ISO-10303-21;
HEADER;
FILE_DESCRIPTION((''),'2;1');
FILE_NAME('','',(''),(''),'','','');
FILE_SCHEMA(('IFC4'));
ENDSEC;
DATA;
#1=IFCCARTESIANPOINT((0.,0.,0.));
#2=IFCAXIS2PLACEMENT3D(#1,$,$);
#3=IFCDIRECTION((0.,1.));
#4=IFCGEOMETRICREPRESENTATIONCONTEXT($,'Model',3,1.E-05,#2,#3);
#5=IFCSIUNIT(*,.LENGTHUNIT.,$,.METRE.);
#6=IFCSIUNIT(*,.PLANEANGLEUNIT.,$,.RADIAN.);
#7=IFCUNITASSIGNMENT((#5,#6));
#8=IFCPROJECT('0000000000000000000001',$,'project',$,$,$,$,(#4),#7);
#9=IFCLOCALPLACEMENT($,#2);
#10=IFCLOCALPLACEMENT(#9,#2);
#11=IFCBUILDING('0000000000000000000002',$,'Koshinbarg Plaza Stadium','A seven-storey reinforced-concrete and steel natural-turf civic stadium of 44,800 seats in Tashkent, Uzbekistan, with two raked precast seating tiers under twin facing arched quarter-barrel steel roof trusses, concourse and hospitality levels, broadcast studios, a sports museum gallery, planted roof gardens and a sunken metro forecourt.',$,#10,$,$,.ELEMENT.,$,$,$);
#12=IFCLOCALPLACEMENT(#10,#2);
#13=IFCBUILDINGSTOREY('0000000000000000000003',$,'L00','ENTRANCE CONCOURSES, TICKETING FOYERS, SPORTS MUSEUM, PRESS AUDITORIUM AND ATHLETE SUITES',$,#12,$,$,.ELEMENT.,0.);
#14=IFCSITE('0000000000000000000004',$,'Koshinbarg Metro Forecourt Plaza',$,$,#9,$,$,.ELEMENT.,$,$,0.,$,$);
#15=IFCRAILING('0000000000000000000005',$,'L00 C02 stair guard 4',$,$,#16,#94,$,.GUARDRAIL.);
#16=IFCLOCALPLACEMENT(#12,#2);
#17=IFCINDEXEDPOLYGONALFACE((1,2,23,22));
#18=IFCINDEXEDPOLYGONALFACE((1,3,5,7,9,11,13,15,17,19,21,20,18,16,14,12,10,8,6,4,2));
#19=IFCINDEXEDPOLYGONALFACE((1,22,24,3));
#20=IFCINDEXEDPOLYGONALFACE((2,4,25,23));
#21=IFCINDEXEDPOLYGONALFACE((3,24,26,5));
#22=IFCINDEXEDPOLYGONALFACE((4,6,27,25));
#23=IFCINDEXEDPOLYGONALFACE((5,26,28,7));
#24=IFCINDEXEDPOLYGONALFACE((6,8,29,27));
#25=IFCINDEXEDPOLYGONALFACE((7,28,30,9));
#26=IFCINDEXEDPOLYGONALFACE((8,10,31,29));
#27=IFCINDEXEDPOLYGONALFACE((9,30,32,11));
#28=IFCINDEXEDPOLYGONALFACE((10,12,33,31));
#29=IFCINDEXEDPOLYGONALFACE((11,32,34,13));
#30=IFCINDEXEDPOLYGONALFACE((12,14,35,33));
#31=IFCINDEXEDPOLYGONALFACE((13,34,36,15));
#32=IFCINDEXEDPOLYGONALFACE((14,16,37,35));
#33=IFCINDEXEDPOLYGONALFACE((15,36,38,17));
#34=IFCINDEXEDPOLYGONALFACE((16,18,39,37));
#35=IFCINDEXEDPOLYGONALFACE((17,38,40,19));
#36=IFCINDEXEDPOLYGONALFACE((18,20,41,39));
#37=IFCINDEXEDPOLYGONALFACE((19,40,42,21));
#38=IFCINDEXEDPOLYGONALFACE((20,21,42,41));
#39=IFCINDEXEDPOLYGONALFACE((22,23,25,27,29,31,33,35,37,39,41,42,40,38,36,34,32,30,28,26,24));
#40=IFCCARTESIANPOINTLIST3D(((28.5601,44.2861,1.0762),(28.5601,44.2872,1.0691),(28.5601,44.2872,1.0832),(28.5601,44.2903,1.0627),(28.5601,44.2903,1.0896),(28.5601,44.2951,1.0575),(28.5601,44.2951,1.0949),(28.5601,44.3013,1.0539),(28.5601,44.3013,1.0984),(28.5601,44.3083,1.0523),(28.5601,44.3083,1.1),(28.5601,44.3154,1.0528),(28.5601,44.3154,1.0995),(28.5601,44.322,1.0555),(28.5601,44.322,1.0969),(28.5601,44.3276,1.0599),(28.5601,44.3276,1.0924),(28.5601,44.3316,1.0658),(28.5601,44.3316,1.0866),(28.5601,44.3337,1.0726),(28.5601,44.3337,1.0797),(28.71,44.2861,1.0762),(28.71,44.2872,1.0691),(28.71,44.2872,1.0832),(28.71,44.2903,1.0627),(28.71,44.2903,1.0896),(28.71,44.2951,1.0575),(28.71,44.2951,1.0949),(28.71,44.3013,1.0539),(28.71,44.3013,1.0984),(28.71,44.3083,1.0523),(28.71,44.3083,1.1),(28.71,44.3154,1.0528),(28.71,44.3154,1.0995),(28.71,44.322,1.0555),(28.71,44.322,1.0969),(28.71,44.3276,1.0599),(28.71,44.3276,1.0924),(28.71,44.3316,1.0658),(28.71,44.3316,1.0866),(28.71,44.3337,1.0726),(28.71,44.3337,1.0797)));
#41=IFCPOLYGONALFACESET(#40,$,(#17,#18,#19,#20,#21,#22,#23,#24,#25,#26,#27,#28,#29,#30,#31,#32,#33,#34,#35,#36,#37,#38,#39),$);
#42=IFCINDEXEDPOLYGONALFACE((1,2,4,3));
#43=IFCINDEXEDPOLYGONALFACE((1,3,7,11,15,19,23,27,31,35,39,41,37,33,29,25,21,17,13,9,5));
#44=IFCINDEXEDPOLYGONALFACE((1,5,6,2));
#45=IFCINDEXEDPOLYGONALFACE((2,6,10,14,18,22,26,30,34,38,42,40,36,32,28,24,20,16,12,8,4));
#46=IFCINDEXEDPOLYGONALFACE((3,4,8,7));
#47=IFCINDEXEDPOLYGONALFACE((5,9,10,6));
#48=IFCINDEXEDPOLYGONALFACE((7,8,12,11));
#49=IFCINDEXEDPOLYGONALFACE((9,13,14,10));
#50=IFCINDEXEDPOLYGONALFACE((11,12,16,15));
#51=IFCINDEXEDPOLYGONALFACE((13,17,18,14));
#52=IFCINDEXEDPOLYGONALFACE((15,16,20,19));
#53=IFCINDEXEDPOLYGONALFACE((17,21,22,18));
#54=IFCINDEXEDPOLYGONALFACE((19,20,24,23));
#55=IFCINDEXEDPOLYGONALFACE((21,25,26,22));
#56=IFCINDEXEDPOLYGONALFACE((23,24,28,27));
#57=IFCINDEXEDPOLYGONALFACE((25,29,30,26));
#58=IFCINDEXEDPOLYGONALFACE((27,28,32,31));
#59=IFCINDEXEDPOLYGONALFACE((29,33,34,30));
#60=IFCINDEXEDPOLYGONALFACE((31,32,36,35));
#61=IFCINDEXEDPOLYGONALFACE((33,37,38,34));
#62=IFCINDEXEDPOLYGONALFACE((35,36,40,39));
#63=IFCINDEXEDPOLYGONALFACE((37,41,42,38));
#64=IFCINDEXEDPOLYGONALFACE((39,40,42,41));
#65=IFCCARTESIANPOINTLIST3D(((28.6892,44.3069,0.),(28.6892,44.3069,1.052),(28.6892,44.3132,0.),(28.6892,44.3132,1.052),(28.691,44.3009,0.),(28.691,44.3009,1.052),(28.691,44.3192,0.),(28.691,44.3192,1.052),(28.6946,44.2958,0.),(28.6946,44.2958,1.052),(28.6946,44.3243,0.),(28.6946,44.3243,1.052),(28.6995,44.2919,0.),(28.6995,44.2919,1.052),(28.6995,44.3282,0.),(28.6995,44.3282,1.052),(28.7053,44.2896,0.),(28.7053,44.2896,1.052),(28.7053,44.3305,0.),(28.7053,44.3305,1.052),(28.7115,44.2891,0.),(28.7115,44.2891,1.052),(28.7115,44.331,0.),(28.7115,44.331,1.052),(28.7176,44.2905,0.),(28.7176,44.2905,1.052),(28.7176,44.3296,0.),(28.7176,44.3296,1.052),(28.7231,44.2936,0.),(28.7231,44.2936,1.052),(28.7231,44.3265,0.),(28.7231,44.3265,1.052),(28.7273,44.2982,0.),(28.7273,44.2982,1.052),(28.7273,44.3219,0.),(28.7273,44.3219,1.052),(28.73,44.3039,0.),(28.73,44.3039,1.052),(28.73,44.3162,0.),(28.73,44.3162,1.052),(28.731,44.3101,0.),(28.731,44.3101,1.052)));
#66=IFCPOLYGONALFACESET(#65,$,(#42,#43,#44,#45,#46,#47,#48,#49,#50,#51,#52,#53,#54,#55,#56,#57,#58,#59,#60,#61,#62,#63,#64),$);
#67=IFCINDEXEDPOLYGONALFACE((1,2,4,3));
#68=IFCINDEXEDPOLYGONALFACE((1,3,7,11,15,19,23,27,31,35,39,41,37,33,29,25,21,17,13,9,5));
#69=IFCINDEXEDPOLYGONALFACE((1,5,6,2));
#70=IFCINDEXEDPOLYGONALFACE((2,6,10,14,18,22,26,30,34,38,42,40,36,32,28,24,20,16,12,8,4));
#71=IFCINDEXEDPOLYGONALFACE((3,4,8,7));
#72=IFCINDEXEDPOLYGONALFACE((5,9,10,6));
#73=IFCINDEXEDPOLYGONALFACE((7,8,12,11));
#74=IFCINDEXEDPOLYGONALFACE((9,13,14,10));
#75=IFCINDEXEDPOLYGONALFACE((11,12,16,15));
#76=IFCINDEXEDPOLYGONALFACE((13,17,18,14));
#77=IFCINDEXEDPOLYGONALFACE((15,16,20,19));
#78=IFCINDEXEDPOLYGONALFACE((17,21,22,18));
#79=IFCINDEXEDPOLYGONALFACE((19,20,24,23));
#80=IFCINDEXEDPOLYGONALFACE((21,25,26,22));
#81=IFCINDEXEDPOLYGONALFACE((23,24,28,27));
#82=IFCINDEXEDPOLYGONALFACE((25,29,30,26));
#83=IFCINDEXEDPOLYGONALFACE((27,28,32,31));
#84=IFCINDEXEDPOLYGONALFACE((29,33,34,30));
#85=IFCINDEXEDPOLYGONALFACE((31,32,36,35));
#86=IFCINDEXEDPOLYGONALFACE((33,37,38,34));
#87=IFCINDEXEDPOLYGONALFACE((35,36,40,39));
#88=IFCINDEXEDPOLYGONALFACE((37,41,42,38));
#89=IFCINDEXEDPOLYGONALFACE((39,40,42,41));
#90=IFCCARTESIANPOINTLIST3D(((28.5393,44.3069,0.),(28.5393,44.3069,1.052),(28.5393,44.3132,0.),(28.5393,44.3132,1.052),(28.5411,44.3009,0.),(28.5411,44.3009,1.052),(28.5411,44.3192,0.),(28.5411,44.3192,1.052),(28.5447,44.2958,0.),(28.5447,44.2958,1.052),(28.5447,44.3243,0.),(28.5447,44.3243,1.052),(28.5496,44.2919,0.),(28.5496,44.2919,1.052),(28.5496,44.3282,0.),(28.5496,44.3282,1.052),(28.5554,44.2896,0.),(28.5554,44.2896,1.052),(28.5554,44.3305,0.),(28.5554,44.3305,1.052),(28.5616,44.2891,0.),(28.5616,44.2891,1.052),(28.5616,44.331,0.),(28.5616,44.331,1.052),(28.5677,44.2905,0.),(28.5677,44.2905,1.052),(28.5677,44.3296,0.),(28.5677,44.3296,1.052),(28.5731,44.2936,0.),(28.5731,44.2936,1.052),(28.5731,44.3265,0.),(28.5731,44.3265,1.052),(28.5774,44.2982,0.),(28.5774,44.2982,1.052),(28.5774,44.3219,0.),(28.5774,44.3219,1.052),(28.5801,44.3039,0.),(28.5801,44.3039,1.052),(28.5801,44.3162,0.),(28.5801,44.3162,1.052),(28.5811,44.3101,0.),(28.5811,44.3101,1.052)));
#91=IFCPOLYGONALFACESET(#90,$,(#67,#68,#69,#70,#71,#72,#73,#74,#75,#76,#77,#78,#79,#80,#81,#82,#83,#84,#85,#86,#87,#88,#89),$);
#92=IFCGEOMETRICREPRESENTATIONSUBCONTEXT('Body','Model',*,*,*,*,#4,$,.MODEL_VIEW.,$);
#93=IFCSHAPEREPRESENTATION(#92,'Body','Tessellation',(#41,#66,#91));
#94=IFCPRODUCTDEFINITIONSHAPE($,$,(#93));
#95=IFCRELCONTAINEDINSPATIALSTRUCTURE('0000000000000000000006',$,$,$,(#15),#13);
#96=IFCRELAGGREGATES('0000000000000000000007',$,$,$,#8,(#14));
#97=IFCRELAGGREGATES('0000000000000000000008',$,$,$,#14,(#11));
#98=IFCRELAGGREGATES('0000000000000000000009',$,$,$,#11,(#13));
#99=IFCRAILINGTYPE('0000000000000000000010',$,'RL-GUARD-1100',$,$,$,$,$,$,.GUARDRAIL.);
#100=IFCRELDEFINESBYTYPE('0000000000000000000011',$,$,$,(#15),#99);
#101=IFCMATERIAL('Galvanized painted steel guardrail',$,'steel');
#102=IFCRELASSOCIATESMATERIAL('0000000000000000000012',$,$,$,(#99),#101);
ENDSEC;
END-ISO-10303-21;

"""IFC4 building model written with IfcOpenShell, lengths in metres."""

from ifc_helpers import new_model, si_unit, direction, frame, origin, origin_2d, place, context, subcontext, project, spatial, circle, extrude, material, type_object, element, save


model = new_model("IFC4")

# Units and contexts
model_context = context("Model", 3, precision=1e-05, world=origin(), true_north=direction((0.0, 1.0)))
body_context = subcontext(model_context, "Body", "Model", "MODEL_VIEW")
ifc_project = project(units=[si_unit("LENGTHUNIT", "METRE"), si_unit("PLANEANGLEUNIT", "RADIAN")], contexts=[model_context])

# Site, building, storey
site_placement = place(None, origin())
site = spatial("IfcSite", under=ifc_project, at=site_placement, Name="Koshinbarg Metro Forecourt Plaza", CompositionType="ELEMENT", RefElevation=0.0)
building_placement = place(site_placement, origin())
building = spatial("IfcBuilding", under=site, at=building_placement, Name="Koshinbarg Plaza Stadium", Description="A seven-storey reinforced-concrete and steel natural-turf civic stadium of 44,800 seats in Tashkent, Uzbekistan, with two raked precast seating tiers under twin facing arched quarter-barrel steel roof trusses, concourse and hospitality levels, broadcast studios, a sports museum gallery, planted roof gardens and a sunken metro forecourt.", CompositionType="ELEMENT")
storey_placement = place(building_placement, origin())
storey = spatial("IfcBuildingStorey", under=building, at=storey_placement, Name="L00", Description="ENTRANCE CONCOURSES, TICKETING FOYERS, SPORTS MUSEUM, PRESS AUDITORIUM AND ATHLETE SUITES", CompositionType="ELEMENT", Elevation=0.0)

# Railing
ifc_material_1 = material(Name="Galvanized painted steel guardrail", Category="steel")
railing_type_1 = type_object("IfcRailingType", Name="RL-GUARD-1100", PredefinedType="GUARDRAIL", material=ifc_material_1)
railing_1_placement = place(storey_placement, frame((28.71, 44.3101, 0.0)))
element("IfcRailing", 1, at=railing_1_placement, inside=storey, type_object=railing_type_1, Name="L00 C02 stair guard 4", PredefinedType="GUARDRAIL", context=body_context, shape_type="SweptSolid", body=[
    extrude(circle(Radius=0.0239, at=origin_2d()), frame((0.0, 0.0, 1.0762), z_axis=(-1.0, 0.0, 0.0), x_axis=(0.0, -1.0, 0.0)), (0.0, 0.0, 1.0), 0.1499),
    extrude(circle(Radius=0.021, at=origin_2d()), origin(), (0.0, 0.0, 1.0), 1.052),
    extrude(circle(Radius=0.021, at=origin_2d()), frame((-0.1499, 0.0, 0.0)), (0.0, 0.0, 1.0), 1.052),
])

save(model, "model.ifc")
